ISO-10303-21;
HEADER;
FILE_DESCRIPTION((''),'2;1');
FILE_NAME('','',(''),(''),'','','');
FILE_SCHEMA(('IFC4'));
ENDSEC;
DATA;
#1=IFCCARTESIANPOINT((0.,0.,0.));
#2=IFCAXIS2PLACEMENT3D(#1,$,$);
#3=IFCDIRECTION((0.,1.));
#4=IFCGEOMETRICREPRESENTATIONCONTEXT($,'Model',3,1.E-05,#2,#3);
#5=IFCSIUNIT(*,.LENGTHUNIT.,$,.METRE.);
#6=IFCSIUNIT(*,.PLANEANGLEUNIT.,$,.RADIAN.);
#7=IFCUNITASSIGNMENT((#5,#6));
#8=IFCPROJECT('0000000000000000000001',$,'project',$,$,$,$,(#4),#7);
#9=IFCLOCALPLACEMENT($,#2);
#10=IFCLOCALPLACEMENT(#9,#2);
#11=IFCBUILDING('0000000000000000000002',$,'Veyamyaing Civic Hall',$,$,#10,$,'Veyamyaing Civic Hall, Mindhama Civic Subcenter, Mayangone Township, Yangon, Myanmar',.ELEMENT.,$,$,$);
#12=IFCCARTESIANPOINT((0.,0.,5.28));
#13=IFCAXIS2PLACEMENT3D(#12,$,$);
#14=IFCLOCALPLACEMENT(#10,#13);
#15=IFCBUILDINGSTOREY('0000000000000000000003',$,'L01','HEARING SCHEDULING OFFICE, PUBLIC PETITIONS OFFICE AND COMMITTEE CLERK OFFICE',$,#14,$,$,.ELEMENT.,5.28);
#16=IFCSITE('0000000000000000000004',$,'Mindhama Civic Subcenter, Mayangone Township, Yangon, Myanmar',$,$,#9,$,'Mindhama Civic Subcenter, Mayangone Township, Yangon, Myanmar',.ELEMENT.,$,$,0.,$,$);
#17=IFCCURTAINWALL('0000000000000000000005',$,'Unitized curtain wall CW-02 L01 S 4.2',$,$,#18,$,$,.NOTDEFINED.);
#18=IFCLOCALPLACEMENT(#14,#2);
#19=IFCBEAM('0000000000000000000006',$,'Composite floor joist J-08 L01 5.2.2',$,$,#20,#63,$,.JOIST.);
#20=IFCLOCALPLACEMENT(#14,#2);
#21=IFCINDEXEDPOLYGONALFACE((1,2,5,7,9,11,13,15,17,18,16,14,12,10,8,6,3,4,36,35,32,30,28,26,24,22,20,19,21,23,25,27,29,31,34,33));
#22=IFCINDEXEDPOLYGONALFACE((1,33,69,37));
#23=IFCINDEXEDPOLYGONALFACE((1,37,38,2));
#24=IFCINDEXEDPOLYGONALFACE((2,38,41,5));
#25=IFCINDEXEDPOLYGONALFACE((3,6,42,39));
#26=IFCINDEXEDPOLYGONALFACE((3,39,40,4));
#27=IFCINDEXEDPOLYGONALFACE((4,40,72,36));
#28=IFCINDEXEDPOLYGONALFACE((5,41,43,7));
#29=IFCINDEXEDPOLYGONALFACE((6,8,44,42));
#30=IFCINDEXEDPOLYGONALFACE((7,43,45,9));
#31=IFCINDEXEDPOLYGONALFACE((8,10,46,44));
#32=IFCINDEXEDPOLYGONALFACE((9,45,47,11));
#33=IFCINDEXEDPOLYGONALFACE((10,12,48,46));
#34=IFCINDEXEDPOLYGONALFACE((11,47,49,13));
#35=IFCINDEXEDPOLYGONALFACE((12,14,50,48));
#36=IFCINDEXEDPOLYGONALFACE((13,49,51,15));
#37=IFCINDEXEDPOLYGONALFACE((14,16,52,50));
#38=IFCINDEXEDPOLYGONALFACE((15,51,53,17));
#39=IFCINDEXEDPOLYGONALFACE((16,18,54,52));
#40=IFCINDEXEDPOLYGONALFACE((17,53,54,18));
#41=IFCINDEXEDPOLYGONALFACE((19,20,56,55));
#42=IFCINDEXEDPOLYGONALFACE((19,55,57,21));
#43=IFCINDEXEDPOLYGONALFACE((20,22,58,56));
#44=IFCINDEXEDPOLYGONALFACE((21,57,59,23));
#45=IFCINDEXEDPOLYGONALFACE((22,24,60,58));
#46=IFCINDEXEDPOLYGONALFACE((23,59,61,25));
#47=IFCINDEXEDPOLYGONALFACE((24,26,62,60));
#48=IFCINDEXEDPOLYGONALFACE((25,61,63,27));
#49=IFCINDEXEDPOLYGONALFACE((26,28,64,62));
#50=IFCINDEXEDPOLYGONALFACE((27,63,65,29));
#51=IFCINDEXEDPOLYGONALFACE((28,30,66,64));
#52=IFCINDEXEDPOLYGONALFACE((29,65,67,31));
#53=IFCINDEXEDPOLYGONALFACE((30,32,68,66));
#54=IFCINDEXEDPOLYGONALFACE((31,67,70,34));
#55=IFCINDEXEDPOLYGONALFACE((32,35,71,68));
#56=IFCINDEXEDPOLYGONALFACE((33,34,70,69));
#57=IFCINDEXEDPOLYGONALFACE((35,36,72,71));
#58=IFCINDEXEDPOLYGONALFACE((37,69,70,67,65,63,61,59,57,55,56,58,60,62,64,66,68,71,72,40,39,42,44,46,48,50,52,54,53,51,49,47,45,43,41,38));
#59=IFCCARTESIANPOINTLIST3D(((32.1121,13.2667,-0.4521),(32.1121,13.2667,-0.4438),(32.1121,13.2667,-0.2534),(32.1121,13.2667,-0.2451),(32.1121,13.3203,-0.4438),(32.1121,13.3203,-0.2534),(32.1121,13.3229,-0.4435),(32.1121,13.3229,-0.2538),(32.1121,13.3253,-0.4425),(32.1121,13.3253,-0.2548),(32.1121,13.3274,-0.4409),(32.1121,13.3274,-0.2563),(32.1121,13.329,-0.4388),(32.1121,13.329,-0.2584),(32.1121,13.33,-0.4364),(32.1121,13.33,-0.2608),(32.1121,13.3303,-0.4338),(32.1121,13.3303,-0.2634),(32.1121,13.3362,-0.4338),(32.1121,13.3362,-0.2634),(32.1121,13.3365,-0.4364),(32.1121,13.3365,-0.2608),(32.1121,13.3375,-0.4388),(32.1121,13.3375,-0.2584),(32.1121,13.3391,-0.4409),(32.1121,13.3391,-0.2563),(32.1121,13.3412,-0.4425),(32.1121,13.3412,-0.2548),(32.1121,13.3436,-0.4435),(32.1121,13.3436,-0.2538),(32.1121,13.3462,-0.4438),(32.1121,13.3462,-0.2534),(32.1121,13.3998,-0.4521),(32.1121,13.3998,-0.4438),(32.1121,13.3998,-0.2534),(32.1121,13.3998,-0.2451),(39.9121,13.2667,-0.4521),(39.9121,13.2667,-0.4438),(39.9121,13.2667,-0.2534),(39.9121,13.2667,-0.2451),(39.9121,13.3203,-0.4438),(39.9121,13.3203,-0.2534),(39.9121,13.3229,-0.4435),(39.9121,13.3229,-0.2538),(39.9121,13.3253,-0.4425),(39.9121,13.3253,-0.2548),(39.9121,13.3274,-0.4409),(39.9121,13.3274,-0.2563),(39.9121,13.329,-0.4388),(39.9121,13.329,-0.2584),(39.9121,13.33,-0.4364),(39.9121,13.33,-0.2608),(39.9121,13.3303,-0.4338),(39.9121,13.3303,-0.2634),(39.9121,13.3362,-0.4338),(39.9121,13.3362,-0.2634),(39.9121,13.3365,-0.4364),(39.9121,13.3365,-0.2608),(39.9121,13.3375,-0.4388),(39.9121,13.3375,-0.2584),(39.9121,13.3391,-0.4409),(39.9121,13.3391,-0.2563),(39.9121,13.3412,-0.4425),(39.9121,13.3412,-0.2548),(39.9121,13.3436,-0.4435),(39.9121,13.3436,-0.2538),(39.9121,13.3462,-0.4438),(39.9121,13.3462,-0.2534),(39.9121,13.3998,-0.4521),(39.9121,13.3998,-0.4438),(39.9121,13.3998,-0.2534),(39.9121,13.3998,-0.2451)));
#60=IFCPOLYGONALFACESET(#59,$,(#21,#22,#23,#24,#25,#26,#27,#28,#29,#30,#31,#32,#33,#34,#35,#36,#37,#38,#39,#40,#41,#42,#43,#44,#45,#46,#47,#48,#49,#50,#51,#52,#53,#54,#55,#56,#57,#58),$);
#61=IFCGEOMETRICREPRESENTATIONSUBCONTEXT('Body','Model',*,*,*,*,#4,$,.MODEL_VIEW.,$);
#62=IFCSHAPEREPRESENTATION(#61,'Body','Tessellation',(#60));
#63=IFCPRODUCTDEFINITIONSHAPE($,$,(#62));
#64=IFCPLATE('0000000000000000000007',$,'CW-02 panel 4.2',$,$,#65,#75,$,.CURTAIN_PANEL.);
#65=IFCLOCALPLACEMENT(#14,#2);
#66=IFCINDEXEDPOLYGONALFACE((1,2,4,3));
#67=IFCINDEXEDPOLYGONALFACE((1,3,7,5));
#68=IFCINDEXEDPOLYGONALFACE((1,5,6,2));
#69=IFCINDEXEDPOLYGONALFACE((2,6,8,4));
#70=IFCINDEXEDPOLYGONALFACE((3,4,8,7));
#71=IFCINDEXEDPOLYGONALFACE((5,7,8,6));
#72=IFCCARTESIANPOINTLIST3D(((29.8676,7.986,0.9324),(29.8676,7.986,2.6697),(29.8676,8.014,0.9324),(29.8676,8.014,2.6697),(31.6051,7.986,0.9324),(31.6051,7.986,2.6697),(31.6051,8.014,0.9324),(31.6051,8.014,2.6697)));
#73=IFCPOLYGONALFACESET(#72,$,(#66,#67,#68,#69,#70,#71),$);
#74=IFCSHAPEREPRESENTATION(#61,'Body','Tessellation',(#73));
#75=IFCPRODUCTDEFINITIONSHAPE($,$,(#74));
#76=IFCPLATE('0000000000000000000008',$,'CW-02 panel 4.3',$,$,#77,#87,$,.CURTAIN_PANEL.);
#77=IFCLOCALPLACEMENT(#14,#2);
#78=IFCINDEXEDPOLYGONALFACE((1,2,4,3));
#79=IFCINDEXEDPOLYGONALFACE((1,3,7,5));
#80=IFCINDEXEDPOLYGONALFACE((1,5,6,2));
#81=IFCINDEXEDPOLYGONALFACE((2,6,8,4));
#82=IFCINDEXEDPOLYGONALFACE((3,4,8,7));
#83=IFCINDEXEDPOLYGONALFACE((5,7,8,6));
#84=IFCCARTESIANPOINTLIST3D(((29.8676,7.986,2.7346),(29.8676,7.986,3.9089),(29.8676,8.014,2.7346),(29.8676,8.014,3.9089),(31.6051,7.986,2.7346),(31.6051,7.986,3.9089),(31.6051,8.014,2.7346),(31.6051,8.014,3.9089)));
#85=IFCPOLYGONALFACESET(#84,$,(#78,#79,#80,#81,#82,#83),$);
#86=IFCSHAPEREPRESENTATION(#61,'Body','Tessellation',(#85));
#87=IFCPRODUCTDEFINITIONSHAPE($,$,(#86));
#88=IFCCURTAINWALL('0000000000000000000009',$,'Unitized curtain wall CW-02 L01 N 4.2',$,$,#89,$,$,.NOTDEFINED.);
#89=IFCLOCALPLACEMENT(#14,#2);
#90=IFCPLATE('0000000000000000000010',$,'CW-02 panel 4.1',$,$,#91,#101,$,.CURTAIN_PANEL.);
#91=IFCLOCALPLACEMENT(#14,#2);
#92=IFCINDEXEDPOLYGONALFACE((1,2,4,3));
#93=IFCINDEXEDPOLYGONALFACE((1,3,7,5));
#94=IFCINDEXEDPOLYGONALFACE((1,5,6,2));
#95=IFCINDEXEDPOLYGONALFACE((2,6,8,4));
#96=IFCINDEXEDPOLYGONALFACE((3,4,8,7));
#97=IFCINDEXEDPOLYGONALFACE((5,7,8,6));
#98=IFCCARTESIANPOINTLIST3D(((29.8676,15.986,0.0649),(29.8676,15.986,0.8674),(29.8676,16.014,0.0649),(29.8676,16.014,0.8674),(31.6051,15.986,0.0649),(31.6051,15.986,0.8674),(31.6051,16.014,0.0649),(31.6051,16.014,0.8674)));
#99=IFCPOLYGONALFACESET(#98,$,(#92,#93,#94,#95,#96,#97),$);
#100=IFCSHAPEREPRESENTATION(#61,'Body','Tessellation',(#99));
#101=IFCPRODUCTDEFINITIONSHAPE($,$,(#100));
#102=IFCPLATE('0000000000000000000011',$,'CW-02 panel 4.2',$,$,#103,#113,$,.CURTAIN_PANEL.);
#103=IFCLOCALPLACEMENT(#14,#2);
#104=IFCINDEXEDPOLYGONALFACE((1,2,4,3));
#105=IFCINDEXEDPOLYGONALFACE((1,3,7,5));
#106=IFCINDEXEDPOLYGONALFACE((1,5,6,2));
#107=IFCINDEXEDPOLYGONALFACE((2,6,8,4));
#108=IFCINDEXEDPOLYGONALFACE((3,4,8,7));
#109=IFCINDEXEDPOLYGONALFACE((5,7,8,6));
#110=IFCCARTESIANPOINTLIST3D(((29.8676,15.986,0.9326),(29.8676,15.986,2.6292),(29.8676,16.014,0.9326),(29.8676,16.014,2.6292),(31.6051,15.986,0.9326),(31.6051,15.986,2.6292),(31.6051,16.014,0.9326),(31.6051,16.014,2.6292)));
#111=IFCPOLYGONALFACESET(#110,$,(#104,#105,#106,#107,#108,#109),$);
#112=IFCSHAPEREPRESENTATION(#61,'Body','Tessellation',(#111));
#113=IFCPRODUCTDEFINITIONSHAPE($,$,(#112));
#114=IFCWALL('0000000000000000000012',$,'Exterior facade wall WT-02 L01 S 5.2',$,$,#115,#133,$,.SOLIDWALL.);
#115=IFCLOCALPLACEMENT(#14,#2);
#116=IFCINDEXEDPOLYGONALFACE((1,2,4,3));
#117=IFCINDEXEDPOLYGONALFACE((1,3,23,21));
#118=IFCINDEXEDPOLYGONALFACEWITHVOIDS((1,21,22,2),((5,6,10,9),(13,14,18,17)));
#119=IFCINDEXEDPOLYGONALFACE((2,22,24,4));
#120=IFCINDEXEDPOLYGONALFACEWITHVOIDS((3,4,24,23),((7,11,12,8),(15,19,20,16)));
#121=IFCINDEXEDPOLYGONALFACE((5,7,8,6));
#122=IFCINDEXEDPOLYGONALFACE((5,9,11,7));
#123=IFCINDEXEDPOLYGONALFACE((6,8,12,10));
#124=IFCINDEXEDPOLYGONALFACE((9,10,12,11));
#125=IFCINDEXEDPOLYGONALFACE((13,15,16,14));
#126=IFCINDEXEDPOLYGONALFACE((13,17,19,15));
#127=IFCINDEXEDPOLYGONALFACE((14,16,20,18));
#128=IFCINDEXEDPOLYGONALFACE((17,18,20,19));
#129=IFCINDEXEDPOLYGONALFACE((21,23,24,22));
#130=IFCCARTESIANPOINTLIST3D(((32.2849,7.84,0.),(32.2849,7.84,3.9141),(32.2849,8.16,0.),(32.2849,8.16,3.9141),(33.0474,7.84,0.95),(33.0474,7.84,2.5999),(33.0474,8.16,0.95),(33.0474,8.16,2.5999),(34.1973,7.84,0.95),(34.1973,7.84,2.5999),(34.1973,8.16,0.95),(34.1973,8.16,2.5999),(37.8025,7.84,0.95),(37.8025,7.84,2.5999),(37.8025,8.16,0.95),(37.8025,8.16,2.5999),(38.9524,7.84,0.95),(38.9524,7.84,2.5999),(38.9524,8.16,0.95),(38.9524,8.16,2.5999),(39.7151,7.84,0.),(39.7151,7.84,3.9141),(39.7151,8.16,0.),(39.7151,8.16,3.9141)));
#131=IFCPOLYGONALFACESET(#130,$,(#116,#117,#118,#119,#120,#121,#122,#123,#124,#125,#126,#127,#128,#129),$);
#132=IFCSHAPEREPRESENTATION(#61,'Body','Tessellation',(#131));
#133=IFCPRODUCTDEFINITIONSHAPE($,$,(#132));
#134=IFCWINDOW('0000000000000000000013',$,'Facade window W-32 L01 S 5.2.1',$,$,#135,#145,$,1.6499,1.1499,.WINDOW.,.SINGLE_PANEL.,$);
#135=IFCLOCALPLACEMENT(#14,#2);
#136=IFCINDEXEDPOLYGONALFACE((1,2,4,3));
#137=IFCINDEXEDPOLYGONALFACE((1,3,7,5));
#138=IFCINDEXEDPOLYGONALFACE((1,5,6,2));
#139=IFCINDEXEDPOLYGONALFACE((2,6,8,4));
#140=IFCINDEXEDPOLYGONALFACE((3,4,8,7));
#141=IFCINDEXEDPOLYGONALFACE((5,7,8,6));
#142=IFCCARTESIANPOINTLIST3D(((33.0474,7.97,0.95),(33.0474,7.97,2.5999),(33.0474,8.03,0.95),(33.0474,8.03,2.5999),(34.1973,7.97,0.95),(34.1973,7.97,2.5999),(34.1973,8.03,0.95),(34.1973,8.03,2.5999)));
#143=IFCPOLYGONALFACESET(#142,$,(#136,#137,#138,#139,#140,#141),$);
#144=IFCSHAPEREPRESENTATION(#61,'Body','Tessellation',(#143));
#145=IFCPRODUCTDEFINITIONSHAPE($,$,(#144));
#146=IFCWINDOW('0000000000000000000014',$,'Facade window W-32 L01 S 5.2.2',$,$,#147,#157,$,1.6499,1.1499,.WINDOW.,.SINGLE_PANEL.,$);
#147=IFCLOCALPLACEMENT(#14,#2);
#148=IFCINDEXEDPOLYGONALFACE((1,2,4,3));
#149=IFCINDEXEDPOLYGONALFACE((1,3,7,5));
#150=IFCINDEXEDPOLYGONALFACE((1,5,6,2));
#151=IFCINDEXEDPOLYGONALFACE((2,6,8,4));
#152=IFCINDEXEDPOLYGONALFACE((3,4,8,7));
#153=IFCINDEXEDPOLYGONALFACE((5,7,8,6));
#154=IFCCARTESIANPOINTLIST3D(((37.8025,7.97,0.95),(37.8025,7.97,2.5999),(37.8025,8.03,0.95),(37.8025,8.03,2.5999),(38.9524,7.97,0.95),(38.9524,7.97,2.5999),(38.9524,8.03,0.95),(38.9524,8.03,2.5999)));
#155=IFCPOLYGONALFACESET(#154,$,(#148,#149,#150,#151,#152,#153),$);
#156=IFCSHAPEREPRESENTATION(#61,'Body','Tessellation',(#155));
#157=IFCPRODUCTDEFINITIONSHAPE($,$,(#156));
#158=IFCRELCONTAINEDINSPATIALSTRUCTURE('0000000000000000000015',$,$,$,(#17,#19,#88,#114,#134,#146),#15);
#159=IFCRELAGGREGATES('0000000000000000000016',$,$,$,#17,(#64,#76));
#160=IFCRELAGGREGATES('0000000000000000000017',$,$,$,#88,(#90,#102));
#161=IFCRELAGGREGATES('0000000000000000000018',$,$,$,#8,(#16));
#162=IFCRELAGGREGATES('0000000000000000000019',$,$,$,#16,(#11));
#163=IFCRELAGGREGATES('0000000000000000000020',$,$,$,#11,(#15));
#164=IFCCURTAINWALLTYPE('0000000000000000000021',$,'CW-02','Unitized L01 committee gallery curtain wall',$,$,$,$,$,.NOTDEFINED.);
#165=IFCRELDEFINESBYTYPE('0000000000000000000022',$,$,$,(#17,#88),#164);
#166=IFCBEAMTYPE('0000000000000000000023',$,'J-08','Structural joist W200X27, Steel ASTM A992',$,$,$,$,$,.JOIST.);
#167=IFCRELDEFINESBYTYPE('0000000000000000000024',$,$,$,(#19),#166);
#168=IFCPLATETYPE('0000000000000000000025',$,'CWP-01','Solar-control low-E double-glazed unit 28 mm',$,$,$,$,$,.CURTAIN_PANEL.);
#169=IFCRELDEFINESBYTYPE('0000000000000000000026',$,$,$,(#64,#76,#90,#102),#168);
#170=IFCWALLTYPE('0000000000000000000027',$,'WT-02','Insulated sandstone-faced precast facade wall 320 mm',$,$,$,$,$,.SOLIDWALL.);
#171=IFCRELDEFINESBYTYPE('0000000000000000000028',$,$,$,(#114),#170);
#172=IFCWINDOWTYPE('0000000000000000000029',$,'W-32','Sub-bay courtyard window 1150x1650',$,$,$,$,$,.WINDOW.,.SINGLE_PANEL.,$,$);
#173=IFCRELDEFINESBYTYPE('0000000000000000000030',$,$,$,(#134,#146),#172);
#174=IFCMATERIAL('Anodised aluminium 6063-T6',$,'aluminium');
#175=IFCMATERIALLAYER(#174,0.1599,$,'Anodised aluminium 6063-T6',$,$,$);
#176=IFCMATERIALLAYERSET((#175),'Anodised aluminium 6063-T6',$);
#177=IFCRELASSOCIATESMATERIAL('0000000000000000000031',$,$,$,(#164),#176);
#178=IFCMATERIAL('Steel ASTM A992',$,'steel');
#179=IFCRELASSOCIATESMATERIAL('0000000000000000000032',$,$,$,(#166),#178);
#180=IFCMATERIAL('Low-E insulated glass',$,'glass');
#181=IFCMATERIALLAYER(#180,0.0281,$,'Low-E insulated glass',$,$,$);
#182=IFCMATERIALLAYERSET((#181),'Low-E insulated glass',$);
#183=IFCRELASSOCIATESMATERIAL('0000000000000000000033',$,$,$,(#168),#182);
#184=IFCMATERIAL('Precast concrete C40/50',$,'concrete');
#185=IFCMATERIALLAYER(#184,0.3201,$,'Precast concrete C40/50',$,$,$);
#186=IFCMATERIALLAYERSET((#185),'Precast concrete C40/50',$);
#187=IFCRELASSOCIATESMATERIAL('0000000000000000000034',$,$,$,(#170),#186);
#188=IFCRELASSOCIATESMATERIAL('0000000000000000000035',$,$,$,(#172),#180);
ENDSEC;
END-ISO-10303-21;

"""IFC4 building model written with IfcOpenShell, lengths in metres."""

from ifc_helpers import new_model, si_unit, direction, frame, frame_2d, origin, origin_2d, place, context, subcontext, project, spatial, rectangle, i_section, extrude, material, layer, layer_set, material_profile, profile_set, type_object, element, fill, aggregate, save


model = new_model("IFC4")

# Units and contexts
model_context = context("Model", 3, precision=1e-05, world=origin(), true_north=direction((0.0, 1.0)))
body_context = subcontext(model_context, "Body", "Model", "MODEL_VIEW")
ifc_project = project(units=[si_unit("LENGTHUNIT", "METRE"), si_unit("PLANEANGLEUNIT", "RADIAN")], contexts=[model_context])

# Site, building, storey
site_placement = place(None, origin())
site = spatial("IfcSite", under=ifc_project, at=site_placement, Name="Mindhama Civic Subcenter, Mayangone Township, Yangon, Myanmar", LongName="Mindhama Civic Subcenter, Mayangone Township, Yangon, Myanmar", CompositionType="ELEMENT", RefElevation=0.0)
building_placement = place(site_placement, origin())
building = spatial("IfcBuilding", under=site, at=building_placement, Name="Veyamyaing Civic Hall", LongName="Veyamyaing Civic Hall, Mindhama Civic Subcenter, Mayangone Township, Yangon, Myanmar", CompositionType="ELEMENT")
storey_placement = place(building_placement, frame((0.0, 0.0, 5.28)))
storey = spatial("IfcBuildingStorey", under=building, at=storey_placement, Name="L01", Description="HEARING SCHEDULING OFFICE, PUBLIC PETITIONS OFFICE AND COMMITTEE CLERK OFFICE", CompositionType="ELEMENT", Elevation=5.28)

# Shared definitions
ifc_material_1 = material(Name="Steel ASTM A992", Category="steel")

# Curtain wall
ifc_material_2 = material(Name="Anodised aluminium 6063-T6", Category="aluminium")
ifc_layer_1 = layer(ifc_material_2, 0.1599, Name="Anodised aluminium 6063-T6")
ifc_layer_set_1 = layer_set([ifc_layer_1], Name="Anodised aluminium 6063-T6")
curtain_wall_type = type_object("IfcCurtainWallType", Name="CW-02", Description="Unitized L01 committee gallery curtain wall", PredefinedType="NOTDEFINED", material=ifc_layer_set_1)
curtain_wall_1_placement = place(storey_placement, origin())
curtain_wall_1 = element("IfcCurtainWall", 1, at=curtain_wall_1_placement, inside=storey, type_object=curtain_wall_type, Name="Unitized curtain wall CW-02 L01 S 4.2", PredefinedType="NOTDEFINED")

# Beam
ifc_material_profile_1 = material_profile(ifc_material_1, i_section(OverallWidth=0.1331, OverallDepth=0.207, WebThickness=0.0059, FlangeThickness=0.0083, FilletRadius=0.01, at=origin_2d()), Name="W200X27")
ifc_profile_set_1 = profile_set([ifc_material_profile_1], Name="Steel ASTM A992")
beam_type_1 = type_object("IfcBeamType", Name="J-08", Description="Structural joist W200X27, Steel ASTM A992", PredefinedType="JOIST", material=ifc_profile_set_1)
for number, where, z_axis, x_axis, name in (
    (2, (32.1121, 13.3333, -0.3486), (1.0, 0.0, 0.0), (0.0, 1.0, 0.0), "Composite floor joist J-08 L01 5.2.2"),
):
    element("IfcBeam", number, at=place(storey_placement, frame(where, z_axis=z_axis, x_axis=x_axis)), inside=storey, type_object=beam_type_1, Name=name, PredefinedType="JOIST", context=body_context, shape_type="SweptSolid", body=[
        extrude(i_section(OverallWidth=0.1331, OverallDepth=0.207, WebThickness=0.0059, FlangeThickness=0.0083, FilletRadius=0.01, at=origin_2d()), origin(), (0.0, 0.0, 1.0), 7.8),
    ])

# Plates
ifc_material_3 = material(Name="Low-E insulated glass", Category="glass")
ifc_layer_2 = layer(ifc_material_3, 0.0281, Name="Low-E insulated glass")
ifc_layer_set_2 = layer_set([ifc_layer_2], Name="Low-E insulated glass")
plate_type = type_object("IfcPlateType", Name="CWP-01", Description="Solar-control low-E double-glazed unit 28 mm", PredefinedType="CURTAIN_PANEL", material=ifc_layer_set_2)
plate_1_placement = place(storey_placement, frame((30.7363, 8.0, 0.9324), z_axis=(0.0, 0.0, 1.0), x_axis=(1.0, 0.0, 0.0)))
plate_1 = element("IfcPlate", 3, at=plate_1_placement, type_object=plate_type, Name="CW-02 panel 4.2", PredefinedType="CURTAIN_PANEL", context=body_context, shape_type="SweptSolid", body=[
    extrude(rectangle(XDim=1.7375, YDim=0.0281, at=origin_2d()), origin(), (0.0, 0.0, 1.0), 1.7373),
])
plate_2_placement = place(storey_placement, frame((30.7363, 8.0, 2.7346), z_axis=(0.0, 0.0, 1.0), x_axis=(1.0, 0.0, 0.0)))
plate_2 = element("IfcPlate", 4, at=plate_2_placement, type_object=plate_type, Name="CW-02 panel 4.3", PredefinedType="CURTAIN_PANEL", context=body_context, shape_type="SweptSolid", body=[
    extrude(rectangle(XDim=1.7375, YDim=0.0281, at=origin_2d()), origin(), (0.0, 0.0, 1.0), 1.1743),
])
aggregate(curtain_wall_1, [plate_1, plate_2])

# Curtain wall, plates
curtain_wall_2_placement = place(storey_placement, origin())
curtain_wall_2 = element("IfcCurtainWall", 5, at=curtain_wall_2_placement, inside=storey, type_object=curtain_wall_type, Name="Unitized curtain wall CW-02 L01 N 4.2", PredefinedType="NOTDEFINED")
plate_3_placement = place(storey_placement, frame((30.7363, 16.0, 0.0649), z_axis=(0.0, 0.0, 1.0), x_axis=(1.0, 0.0, 0.0)))
plate_3 = element("IfcPlate", 6, at=plate_3_placement, type_object=plate_type, Name="CW-02 panel 4.1", PredefinedType="CURTAIN_PANEL", context=body_context, shape_type="SweptSolid", body=[
    extrude(rectangle(XDim=1.7375, YDim=0.0281, at=origin_2d()), origin(), (0.0, 0.0, 1.0), 0.8025),
])
plate_4_placement = place(storey_placement, frame((30.7363, 16.0, 0.9326), z_axis=(0.0, 0.0, 1.0), x_axis=(1.0, 0.0, 0.0)))
plate_4 = element("IfcPlate", 7, at=plate_4_placement, type_object=plate_type, Name="CW-02 panel 4.2", PredefinedType="CURTAIN_PANEL", context=body_context, shape_type="SweptSolid", body=[
    extrude(rectangle(XDim=1.7375, YDim=0.0281, at=origin_2d()), origin(), (0.0, 0.0, 1.0), 1.6965),
])
aggregate(curtain_wall_2, [plate_3, plate_4])

# Wall, openings, windows
ifc_material_4 = material(Name="Precast concrete C40/50", Category="concrete")
ifc_layer_3 = layer(ifc_material_4, 0.3201, Name="Precast concrete C40/50")
ifc_layer_set_3 = layer_set([ifc_layer_3], Name="Precast concrete C40/50")
wall_type_1 = type_object("IfcWallType", Name="WT-02", Description="Insulated sandstone-faced precast facade wall 320 mm", PredefinedType="SOLIDWALL", material=ifc_layer_set_3)
wall_1_placement = place(storey_placement, frame((32.2849, 8.0, 0.0), z_axis=(0.0, 0.0, 1.0), x_axis=(1.0, 0.0, 0.0)))
wall_1 = element("IfcWall", 8, at=wall_1_placement, inside=storey, type_object=wall_type_1, Name="Exterior facade wall WT-02 L01 S 5.2", PredefinedType="SOLIDWALL", context=body_context, shape_type="SweptSolid", body=[
    extrude(rectangle(XDim=7.4302, YDim=0.3201, at=frame_2d((3.7151, 0.0))), origin(), (0.0, 0.0, 1.0), 3.9141),
])
opening_1_placement = place(wall_1_placement, frame((0.7625, 0.0, 0.95)))
opening_1 = element("IfcOpeningElement", 9, at=opening_1_placement, cuts=wall_1, PredefinedType="OPENING", context=body_context, shape_type="SweptSolid", body=[
    extrude(rectangle(XDim=1.1499, YDim=1.6499, at=frame_2d((0.575, 0.825))), frame((0.0, 0.1699, 0.0), z_axis=(0.0, -1.0, 0.0), x_axis=(1.0, 0.0, 0.0)), (0.0, 0.0, 1.0), 0.3401),
])
opening_2_placement = place(wall_1_placement, frame((5.5176, 0.0, 0.95)))
opening_2 = element("IfcOpeningElement", 10, at=opening_2_placement, cuts=wall_1, PredefinedType="OPENING", context=body_context, shape_type="SweptSolid", body=[
    extrude(rectangle(XDim=1.1499, YDim=1.6499, at=frame_2d((0.575, 0.825))), frame((0.0, 0.1699, 0.0), z_axis=(0.0, -1.0, 0.0), x_axis=(1.0, 0.0, 0.0)), (0.0, 0.0, 1.0), 0.3401),
])
window_type = type_object("IfcWindowType", Name="W-32", Description="Sub-bay courtyard window 1150x1650", PartitioningType="SINGLE_PANEL", PredefinedType="WINDOW", material=ifc_material_3)
window_1_placement = place(opening_1_placement, origin())
window_1 = element("IfcWindow", 11, at=window_1_placement, inside=storey, type_object=window_type, Name="Facade window W-32 L01 S 5.2.1", OverallHeight=1.6499, OverallWidth=1.1499, PartitioningType="SINGLE_PANEL", PredefinedType="WINDOW", context=body_context, shape_type="SweptSolid", body=[
    extrude(rectangle(XDim=1.1499, YDim=1.6499, at=frame_2d((0.575, 0.825))), frame((0.0, 0.03, 0.0), z_axis=(0.0, -1.0, 0.0), x_axis=(1.0, 0.0, 0.0)), (0.0, 0.0, 1.0), 0.0601),
])
fill(opening_1, window_1)
window_2_placement = place(opening_2_placement, origin())
window_2 = element("IfcWindow", 12, at=window_2_placement, inside=storey, type_object=window_type, Name="Facade window W-32 L01 S 5.2.2", OverallHeight=1.6499, OverallWidth=1.1499, PartitioningType="SINGLE_PANEL", PredefinedType="WINDOW", context=body_context, shape_type="SweptSolid", body=[
    extrude(rectangle(XDim=1.1499, YDim=1.6499, at=frame_2d((0.575, 0.825))), frame((0.0, 0.03, 0.0), z_axis=(0.0, -1.0, 0.0), x_axis=(1.0, 0.0, 0.0)), (0.0, 0.0, 1.0), 0.0601),
])
fill(opening_2, window_2)

save(model, "model.ifc")
